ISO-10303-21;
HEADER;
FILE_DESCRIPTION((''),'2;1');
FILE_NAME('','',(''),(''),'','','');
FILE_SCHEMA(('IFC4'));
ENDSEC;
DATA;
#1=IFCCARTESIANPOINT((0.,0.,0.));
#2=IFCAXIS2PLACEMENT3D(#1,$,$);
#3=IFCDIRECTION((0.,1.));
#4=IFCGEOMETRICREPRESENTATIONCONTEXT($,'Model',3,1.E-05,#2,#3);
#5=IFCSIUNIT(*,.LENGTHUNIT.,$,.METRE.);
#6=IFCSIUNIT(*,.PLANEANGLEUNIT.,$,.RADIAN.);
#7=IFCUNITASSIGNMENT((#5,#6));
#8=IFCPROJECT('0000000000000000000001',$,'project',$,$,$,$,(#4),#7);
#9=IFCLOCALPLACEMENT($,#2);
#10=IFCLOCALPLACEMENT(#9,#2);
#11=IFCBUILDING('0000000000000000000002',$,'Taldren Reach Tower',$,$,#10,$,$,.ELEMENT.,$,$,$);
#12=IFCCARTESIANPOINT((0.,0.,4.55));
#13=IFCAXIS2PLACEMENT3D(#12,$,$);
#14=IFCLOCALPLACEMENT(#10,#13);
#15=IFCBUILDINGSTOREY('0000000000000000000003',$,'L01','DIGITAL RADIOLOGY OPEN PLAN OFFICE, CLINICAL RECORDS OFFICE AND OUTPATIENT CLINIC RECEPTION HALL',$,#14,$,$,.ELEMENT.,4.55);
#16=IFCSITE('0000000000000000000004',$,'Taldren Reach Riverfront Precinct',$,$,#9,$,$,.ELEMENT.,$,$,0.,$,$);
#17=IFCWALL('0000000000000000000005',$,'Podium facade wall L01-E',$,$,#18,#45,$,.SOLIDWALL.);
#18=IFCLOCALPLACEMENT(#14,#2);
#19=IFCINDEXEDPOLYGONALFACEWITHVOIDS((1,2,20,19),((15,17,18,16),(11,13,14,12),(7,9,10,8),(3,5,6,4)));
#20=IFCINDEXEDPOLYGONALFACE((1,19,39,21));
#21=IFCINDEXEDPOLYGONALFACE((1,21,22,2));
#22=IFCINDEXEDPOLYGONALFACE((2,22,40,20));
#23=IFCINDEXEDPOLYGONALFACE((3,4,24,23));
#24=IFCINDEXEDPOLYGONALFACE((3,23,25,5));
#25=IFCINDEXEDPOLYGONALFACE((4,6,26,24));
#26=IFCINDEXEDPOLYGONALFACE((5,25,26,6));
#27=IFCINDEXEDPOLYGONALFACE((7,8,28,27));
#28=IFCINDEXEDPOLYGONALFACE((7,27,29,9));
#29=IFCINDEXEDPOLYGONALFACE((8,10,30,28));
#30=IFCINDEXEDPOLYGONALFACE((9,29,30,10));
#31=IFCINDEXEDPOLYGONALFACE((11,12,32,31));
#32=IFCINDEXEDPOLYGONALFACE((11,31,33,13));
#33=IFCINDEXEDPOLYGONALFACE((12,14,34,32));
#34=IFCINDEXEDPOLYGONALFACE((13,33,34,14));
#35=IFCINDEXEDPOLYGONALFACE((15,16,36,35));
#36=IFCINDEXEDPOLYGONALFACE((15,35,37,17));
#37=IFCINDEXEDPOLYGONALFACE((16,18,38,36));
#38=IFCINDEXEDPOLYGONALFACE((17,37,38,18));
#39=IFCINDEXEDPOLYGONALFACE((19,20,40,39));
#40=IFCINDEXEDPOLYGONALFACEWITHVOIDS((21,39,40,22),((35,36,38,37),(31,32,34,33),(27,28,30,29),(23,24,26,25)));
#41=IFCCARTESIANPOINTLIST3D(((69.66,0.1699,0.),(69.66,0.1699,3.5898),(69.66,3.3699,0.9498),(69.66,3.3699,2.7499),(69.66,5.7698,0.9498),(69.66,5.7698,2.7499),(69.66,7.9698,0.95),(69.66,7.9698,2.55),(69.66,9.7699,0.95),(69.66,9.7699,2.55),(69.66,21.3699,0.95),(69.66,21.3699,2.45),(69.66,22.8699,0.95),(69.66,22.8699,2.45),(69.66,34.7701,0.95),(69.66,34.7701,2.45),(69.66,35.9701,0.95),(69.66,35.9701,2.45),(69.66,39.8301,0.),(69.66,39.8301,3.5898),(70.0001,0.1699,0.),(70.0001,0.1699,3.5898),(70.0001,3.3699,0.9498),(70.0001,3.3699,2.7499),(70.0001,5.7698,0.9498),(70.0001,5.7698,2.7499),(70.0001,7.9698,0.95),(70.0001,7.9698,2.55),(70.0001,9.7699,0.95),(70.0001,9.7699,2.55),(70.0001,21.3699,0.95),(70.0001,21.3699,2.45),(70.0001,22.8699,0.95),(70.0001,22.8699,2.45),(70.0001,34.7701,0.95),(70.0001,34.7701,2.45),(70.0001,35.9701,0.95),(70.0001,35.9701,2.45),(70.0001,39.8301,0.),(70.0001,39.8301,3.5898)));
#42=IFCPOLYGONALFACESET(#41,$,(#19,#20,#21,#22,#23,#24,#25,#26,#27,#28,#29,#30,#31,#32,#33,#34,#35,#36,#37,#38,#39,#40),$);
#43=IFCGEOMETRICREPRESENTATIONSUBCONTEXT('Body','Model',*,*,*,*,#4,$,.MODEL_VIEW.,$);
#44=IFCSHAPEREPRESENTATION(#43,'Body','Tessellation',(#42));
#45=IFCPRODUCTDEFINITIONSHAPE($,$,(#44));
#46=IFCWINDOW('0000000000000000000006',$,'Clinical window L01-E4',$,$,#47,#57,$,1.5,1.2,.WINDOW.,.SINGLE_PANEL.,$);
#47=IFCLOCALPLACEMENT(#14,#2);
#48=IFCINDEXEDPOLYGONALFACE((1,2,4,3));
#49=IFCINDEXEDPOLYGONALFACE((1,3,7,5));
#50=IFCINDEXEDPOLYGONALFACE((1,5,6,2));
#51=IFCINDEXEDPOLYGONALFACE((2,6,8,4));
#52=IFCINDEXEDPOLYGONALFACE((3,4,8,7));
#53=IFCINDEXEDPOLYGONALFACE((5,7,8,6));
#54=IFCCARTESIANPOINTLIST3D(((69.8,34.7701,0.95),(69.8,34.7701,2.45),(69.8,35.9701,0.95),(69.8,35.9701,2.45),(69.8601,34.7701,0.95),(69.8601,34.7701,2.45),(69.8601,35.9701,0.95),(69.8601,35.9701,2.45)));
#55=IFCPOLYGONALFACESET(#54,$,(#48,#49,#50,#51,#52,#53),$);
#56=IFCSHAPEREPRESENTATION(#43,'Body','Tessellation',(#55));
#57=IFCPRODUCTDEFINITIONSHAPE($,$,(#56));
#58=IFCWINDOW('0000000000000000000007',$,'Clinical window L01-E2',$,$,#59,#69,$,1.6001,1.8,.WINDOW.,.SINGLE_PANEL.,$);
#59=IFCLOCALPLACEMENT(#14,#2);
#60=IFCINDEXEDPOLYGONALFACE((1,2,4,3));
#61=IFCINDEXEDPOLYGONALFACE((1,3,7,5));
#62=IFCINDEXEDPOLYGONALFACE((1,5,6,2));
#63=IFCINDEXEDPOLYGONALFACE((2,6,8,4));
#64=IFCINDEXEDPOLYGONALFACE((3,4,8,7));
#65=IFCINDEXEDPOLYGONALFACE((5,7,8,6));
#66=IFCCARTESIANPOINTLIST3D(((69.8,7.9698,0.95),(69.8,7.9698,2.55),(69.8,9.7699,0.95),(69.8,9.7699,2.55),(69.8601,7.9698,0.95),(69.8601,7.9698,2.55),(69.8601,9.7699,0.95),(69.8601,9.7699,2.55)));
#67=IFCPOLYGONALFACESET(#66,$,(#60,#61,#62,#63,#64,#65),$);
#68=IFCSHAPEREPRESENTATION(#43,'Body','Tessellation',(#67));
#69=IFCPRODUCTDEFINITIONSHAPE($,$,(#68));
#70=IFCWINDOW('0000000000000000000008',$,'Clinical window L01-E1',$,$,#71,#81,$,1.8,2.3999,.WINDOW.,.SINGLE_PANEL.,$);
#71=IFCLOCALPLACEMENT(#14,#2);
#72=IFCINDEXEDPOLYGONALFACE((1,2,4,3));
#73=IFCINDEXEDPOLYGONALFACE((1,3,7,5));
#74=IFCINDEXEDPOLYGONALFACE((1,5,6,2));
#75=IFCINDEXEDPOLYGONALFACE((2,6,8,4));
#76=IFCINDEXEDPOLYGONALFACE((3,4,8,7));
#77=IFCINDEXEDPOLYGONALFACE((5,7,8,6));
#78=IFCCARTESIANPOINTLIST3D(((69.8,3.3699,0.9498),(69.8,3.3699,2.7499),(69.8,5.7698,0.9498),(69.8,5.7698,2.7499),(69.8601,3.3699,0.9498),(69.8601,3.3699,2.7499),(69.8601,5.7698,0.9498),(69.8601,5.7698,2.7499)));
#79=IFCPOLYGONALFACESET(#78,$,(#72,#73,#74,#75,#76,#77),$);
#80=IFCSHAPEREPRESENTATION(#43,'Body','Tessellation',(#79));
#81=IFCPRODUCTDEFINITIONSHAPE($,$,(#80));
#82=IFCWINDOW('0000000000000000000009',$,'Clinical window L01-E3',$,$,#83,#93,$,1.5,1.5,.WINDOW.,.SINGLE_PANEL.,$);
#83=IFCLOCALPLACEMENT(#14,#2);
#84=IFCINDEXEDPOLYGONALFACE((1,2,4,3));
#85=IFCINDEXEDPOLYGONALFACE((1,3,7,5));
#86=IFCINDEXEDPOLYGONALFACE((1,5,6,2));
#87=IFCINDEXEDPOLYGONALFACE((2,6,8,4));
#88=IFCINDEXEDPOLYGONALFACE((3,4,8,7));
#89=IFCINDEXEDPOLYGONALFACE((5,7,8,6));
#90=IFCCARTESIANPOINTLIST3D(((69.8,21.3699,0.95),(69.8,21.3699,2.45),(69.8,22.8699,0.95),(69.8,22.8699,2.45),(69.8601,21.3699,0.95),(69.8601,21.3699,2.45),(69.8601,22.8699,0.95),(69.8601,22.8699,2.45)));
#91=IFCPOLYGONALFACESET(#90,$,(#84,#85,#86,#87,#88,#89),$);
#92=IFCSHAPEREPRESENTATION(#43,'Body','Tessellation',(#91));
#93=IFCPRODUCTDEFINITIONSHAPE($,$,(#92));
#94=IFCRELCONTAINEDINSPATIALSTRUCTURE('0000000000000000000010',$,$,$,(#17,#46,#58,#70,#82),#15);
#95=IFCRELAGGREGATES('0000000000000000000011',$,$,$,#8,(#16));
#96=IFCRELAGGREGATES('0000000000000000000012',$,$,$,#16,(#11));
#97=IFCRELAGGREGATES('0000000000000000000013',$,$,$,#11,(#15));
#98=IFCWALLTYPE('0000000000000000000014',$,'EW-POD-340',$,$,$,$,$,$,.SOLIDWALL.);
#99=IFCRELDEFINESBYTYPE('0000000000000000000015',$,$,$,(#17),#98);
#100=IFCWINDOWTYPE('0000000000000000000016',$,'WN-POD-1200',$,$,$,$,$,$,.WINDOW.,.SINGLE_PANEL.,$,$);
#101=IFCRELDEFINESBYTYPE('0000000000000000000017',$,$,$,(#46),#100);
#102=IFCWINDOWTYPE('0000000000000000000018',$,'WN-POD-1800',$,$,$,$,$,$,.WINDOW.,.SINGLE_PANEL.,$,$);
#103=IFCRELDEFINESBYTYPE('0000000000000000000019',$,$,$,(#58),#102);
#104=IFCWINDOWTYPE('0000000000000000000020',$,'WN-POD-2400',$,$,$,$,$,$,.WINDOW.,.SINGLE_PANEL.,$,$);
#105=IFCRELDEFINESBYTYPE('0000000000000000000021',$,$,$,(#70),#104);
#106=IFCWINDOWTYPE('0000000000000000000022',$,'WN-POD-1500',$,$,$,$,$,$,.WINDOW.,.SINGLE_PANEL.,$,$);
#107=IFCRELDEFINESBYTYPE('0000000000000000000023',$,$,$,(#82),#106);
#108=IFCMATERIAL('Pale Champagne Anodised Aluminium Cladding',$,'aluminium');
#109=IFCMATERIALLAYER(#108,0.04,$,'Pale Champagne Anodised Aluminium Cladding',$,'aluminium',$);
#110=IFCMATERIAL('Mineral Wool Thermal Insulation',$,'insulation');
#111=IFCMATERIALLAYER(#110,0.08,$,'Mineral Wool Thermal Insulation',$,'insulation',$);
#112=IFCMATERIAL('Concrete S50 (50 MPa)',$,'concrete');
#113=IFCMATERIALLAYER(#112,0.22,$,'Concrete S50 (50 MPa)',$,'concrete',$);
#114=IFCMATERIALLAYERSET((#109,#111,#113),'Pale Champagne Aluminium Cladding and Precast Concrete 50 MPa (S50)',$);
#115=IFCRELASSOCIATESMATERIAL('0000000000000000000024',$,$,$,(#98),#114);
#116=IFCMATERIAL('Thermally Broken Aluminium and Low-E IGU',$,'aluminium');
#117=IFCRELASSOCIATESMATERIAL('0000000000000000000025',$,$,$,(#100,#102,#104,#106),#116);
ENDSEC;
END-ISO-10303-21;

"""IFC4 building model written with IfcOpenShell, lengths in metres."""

from ifc_helpers import new_model, si_unit, direction, frame, frame_2d, origin, place, context, subcontext, project, spatial, rectangle, extrude, source, transform, mapped, material, layer, layer_set, type_object, element, fill, save


model = new_model("IFC4")

# Units and contexts
model_context = context("Model", 3, precision=1e-05, world=origin(), true_north=direction((0.0, 1.0)))
body_context = subcontext(model_context, "Body", "Model", "MODEL_VIEW")
ifc_project = project(units=[si_unit("LENGTHUNIT", "METRE"), si_unit("PLANEANGLEUNIT", "RADIAN")], contexts=[model_context])

# Site, building, storey
site_placement = place(None, origin())
site = spatial("IfcSite", under=ifc_project, at=site_placement, Name="Taldren Reach Riverfront Precinct", CompositionType="ELEMENT", RefElevation=0.0)
building_placement = place(site_placement, origin())
building = spatial("IfcBuilding", under=site, at=building_placement, Name="Taldren Reach Tower", CompositionType="ELEMENT")
storey_placement = place(building_placement, frame((0.0, 0.0, 4.55)))
storey = spatial("IfcBuildingStorey", under=building, at=storey_placement, Name="L01", Description="DIGITAL RADIOLOGY OPEN PLAN OFFICE, CLINICAL RECORDS OFFICE AND OUTPATIENT CLINIC RECEPTION HALL", CompositionType="ELEMENT", Elevation=4.55)

# Shared definitions
ifc_material_1 = material(Name="Pale Champagne Anodised Aluminium Cladding", Category="aluminium")
ifc_layer_1 = layer(ifc_material_1, 0.04, Name="Pale Champagne Anodised Aluminium Cladding", Category="aluminium")
ifc_material_2 = material(Name="Mineral Wool Thermal Insulation", Category="insulation")
ifc_layer_2 = layer(ifc_material_2, 0.08, Name="Mineral Wool Thermal Insulation", Category="insulation")
ifc_material_3 = material(Name="Concrete S50 (50 MPa)", Category="concrete")
ifc_layer_3 = layer(ifc_material_3, 0.22, Name="Concrete S50 (50 MPa)", Category="concrete")
ifc_layer_set_1 = layer_set([ifc_layer_1, ifc_layer_2, ifc_layer_3], Name="Pale Champagne Aluminium Cladding and Precast Concrete 50 MPa (S50)")
wall_type = type_object("IfcWallType", Name="EW-POD-340", PredefinedType="SOLIDWALL", material=ifc_layer_set_1)
shared_shape_1 = source(origin(), body_context, "Body", "SweptSolid", [
    extrude(rectangle(XDim=1.2, YDim=1.5, at=frame_2d((0.6001, 0.75))), frame((0.0, 0.1802, 0.0), z_axis=(0.0, -1.0, 0.0), x_axis=(1.0, 0.0, 0.0)), (0.0, 0.0, 1.0), 0.3601),
])
ifc_material_4 = material(Name="Thermally Broken Aluminium and Low-E IGU", Category="aluminium")
window_type_1 = type_object("IfcWindowType", Name="WN-POD-1200", PartitioningType="SINGLE_PANEL", PredefinedType="WINDOW", material=ifc_material_4)
shared_shape_2 = source(origin(), body_context, "Body", "SweptSolid", [
    extrude(rectangle(XDim=1.2, YDim=1.5, at=frame_2d((0.6001, 0.75))), frame((0.0, 0.03, 0.0), z_axis=(0.0, -1.0, 0.0), x_axis=(1.0, 0.0, 0.0)), (0.0, 0.0, 1.0), 0.0601),
])

# Wall, openings, windows
shared_shape_3 = source(origin(), body_context, "Body", "SweptSolid", [
    extrude(rectangle(XDim=39.6602, YDim=0.3401, at=frame_2d((19.8301, 0.0))), origin(), (0.0, 0.0, 1.0), 3.5898),
])
wall_1_placement = place(storey_placement, frame((69.8301, 0.1699, 0.0), z_axis=(0.0, 0.0, 1.0), x_axis=(0.0, 1.0, 0.0)))
wall_1 = element("IfcWall", 1, at=wall_1_placement, inside=storey, type_object=wall_type, Name="Podium facade wall L01-E", PredefinedType="SOLIDWALL", context=body_context, shape_type="MappedRepresentation", body=[
    mapped(shared_shape_3, transform((0.0, 0.0, 0.0), scale=1.0)),
])
shared_shape_4 = source(origin(), body_context, "Body", "SweptSolid", [
    extrude(rectangle(XDim=2.3999, YDim=1.8, at=frame_2d((1.2, 0.8999))), frame((0.0, 0.1802, 0.0), z_axis=(0.0, -1.0, 0.0), x_axis=(1.0, 0.0, 0.0)), (0.0, 0.0, 1.0), 0.3601),
])
opening_1_placement = place(wall_1_placement, frame((3.2, 0.0, 0.95)))
opening_1 = element("IfcOpeningElement", 2, at=opening_1_placement, cuts=wall_1, PredefinedType="OPENING", context=body_context, shape_type="MappedRepresentation", body=[
    mapped(shared_shape_4, transform((0.0, 0.0, 0.0), scale=1.0)),
])
shared_shape_5 = source(origin(), body_context, "Body", "SweptSolid", [
    extrude(rectangle(XDim=1.8, YDim=1.6001, at=frame_2d((0.8999, 0.8))), frame((0.0, 0.1802, 0.0), z_axis=(0.0, -1.0, 0.0), x_axis=(1.0, 0.0, 0.0)), (0.0, 0.0, 1.0), 0.3601),
])
opening_2_placement = place(wall_1_placement, frame((7.8, 0.0, 0.95)))
opening_2 = element("IfcOpeningElement", 3, at=opening_2_placement, cuts=wall_1, PredefinedType="OPENING", context=body_context, shape_type="MappedRepresentation", body=[
    mapped(shared_shape_5, transform((0.0, 0.0, 0.0), scale=1.0)),
])
shared_shape_6 = source(origin(), body_context, "Body", "SweptSolid", [
    extrude(rectangle(XDim=1.5, YDim=1.5, at=frame_2d((0.75, 0.75))), frame((0.0, 0.1802, 0.0), z_axis=(0.0, -1.0, 0.0), x_axis=(1.0, 0.0, 0.0)), (0.0, 0.0, 1.0), 0.3601),
])
opening_3_placement = place(wall_1_placement, frame((21.2, 0.0, 0.95)))
opening_3 = element("IfcOpeningElement", 4, at=opening_3_placement, cuts=wall_1, PredefinedType="OPENING", context=body_context, shape_type="MappedRepresentation", body=[
    mapped(shared_shape_6, transform((0.0, 0.0, 0.0), scale=1.0)),
])
opening_4_placement = place(wall_1_placement, frame((34.6001, 0.0, 0.95)))
opening_4 = element("IfcOpeningElement", 5, at=opening_4_placement, cuts=wall_1, PredefinedType="OPENING", context=body_context, shape_type="MappedRepresentation", body=[
    mapped(shared_shape_1, transform((0.0, 0.0, 0.0), scale=1.0)),
])
window_1_placement = place(opening_4_placement, origin())
window_1 = element("IfcWindow", 6, at=window_1_placement, inside=storey, type_object=window_type_1, Name="Clinical window L01-E4", OverallHeight=1.5, OverallWidth=1.2, PartitioningType="SINGLE_PANEL", PredefinedType="WINDOW", context=body_context, shape_type="MappedRepresentation", body=[
    mapped(shared_shape_2, transform((0.0, 0.0, 0.0), scale=1.0)),
])
fill(opening_4, window_1)
window_type_2 = type_object("IfcWindowType", Name="WN-POD-1800", PartitioningType="SINGLE_PANEL", PredefinedType="WINDOW", material=ifc_material_4)
shared_shape_7 = source(origin(), body_context, "Body", "SweptSolid", [
    extrude(rectangle(XDim=1.8, YDim=1.6001, at=frame_2d((0.8999, 0.8))), frame((0.0, 0.03, 0.0), z_axis=(0.0, -1.0, 0.0), x_axis=(1.0, 0.0, 0.0)), (0.0, 0.0, 1.0), 0.0601),
])
window_2_placement = place(opening_2_placement, origin())
window_2 = element("IfcWindow", 7, at=window_2_placement, inside=storey, type_object=window_type_2, Name="Clinical window L01-E2", OverallHeight=1.6001, OverallWidth=1.8, PartitioningType="SINGLE_PANEL", PredefinedType="WINDOW", context=body_context, shape_type="MappedRepresentation", body=[
    mapped(shared_shape_7, transform((0.0, 0.0, 0.0), scale=1.0)),
])
fill(opening_2, window_2)
window_type_3 = type_object("IfcWindowType", Name="WN-POD-2400", PartitioningType="SINGLE_PANEL", PredefinedType="WINDOW", material=ifc_material_4)
shared_shape_8 = source(origin(), body_context, "Body", "SweptSolid", [
    extrude(rectangle(XDim=2.3999, YDim=1.8, at=frame_2d((1.2, 0.8999))), frame((0.0, 0.03, 0.0), z_axis=(0.0, -1.0, 0.0), x_axis=(1.0, 0.0, 0.0)), (0.0, 0.0, 1.0), 0.0601),
])
window_3_placement = place(opening_1_placement, origin())
window_3 = element("IfcWindow", 8, at=window_3_placement, inside=storey, type_object=window_type_3, Name="Clinical window L01-E1", OverallHeight=1.8, OverallWidth=2.3999, PartitioningType="SINGLE_PANEL", PredefinedType="WINDOW", context=body_context, shape_type="MappedRepresentation", body=[
    mapped(shared_shape_8, transform((0.0, 0.0, 0.0), scale=1.0)),
])
fill(opening_1, window_3)
window_type_4 = type_object("IfcWindowType", Name="WN-POD-1500", PartitioningType="SINGLE_PANEL", PredefinedType="WINDOW", material=ifc_material_4)
shared_shape_9 = source(origin(), body_context, "Body", "SweptSolid", [
    extrude(rectangle(XDim=1.5, YDim=1.5, at=frame_2d((0.75, 0.75))), frame((0.0, 0.03, 0.0), z_axis=(0.0, -1.0, 0.0), x_axis=(1.0, 0.0, 0.0)), (0.0, 0.0, 1.0), 0.0601),
])
window_4_placement = place(opening_3_placement, origin())
window_4 = element("IfcWindow", 9, at=window_4_placement, inside=storey, type_object=window_type_4, Name="Clinical window L01-E3", OverallHeight=1.5, OverallWidth=1.5, PartitioningType="SINGLE_PANEL", PredefinedType="WINDOW", context=body_context, shape_type="MappedRepresentation", body=[
    mapped(shared_shape_9, transform((0.0, 0.0, 0.0), scale=1.0)),
])
fill(opening_3, window_4)

save(model, "model.ifc")
